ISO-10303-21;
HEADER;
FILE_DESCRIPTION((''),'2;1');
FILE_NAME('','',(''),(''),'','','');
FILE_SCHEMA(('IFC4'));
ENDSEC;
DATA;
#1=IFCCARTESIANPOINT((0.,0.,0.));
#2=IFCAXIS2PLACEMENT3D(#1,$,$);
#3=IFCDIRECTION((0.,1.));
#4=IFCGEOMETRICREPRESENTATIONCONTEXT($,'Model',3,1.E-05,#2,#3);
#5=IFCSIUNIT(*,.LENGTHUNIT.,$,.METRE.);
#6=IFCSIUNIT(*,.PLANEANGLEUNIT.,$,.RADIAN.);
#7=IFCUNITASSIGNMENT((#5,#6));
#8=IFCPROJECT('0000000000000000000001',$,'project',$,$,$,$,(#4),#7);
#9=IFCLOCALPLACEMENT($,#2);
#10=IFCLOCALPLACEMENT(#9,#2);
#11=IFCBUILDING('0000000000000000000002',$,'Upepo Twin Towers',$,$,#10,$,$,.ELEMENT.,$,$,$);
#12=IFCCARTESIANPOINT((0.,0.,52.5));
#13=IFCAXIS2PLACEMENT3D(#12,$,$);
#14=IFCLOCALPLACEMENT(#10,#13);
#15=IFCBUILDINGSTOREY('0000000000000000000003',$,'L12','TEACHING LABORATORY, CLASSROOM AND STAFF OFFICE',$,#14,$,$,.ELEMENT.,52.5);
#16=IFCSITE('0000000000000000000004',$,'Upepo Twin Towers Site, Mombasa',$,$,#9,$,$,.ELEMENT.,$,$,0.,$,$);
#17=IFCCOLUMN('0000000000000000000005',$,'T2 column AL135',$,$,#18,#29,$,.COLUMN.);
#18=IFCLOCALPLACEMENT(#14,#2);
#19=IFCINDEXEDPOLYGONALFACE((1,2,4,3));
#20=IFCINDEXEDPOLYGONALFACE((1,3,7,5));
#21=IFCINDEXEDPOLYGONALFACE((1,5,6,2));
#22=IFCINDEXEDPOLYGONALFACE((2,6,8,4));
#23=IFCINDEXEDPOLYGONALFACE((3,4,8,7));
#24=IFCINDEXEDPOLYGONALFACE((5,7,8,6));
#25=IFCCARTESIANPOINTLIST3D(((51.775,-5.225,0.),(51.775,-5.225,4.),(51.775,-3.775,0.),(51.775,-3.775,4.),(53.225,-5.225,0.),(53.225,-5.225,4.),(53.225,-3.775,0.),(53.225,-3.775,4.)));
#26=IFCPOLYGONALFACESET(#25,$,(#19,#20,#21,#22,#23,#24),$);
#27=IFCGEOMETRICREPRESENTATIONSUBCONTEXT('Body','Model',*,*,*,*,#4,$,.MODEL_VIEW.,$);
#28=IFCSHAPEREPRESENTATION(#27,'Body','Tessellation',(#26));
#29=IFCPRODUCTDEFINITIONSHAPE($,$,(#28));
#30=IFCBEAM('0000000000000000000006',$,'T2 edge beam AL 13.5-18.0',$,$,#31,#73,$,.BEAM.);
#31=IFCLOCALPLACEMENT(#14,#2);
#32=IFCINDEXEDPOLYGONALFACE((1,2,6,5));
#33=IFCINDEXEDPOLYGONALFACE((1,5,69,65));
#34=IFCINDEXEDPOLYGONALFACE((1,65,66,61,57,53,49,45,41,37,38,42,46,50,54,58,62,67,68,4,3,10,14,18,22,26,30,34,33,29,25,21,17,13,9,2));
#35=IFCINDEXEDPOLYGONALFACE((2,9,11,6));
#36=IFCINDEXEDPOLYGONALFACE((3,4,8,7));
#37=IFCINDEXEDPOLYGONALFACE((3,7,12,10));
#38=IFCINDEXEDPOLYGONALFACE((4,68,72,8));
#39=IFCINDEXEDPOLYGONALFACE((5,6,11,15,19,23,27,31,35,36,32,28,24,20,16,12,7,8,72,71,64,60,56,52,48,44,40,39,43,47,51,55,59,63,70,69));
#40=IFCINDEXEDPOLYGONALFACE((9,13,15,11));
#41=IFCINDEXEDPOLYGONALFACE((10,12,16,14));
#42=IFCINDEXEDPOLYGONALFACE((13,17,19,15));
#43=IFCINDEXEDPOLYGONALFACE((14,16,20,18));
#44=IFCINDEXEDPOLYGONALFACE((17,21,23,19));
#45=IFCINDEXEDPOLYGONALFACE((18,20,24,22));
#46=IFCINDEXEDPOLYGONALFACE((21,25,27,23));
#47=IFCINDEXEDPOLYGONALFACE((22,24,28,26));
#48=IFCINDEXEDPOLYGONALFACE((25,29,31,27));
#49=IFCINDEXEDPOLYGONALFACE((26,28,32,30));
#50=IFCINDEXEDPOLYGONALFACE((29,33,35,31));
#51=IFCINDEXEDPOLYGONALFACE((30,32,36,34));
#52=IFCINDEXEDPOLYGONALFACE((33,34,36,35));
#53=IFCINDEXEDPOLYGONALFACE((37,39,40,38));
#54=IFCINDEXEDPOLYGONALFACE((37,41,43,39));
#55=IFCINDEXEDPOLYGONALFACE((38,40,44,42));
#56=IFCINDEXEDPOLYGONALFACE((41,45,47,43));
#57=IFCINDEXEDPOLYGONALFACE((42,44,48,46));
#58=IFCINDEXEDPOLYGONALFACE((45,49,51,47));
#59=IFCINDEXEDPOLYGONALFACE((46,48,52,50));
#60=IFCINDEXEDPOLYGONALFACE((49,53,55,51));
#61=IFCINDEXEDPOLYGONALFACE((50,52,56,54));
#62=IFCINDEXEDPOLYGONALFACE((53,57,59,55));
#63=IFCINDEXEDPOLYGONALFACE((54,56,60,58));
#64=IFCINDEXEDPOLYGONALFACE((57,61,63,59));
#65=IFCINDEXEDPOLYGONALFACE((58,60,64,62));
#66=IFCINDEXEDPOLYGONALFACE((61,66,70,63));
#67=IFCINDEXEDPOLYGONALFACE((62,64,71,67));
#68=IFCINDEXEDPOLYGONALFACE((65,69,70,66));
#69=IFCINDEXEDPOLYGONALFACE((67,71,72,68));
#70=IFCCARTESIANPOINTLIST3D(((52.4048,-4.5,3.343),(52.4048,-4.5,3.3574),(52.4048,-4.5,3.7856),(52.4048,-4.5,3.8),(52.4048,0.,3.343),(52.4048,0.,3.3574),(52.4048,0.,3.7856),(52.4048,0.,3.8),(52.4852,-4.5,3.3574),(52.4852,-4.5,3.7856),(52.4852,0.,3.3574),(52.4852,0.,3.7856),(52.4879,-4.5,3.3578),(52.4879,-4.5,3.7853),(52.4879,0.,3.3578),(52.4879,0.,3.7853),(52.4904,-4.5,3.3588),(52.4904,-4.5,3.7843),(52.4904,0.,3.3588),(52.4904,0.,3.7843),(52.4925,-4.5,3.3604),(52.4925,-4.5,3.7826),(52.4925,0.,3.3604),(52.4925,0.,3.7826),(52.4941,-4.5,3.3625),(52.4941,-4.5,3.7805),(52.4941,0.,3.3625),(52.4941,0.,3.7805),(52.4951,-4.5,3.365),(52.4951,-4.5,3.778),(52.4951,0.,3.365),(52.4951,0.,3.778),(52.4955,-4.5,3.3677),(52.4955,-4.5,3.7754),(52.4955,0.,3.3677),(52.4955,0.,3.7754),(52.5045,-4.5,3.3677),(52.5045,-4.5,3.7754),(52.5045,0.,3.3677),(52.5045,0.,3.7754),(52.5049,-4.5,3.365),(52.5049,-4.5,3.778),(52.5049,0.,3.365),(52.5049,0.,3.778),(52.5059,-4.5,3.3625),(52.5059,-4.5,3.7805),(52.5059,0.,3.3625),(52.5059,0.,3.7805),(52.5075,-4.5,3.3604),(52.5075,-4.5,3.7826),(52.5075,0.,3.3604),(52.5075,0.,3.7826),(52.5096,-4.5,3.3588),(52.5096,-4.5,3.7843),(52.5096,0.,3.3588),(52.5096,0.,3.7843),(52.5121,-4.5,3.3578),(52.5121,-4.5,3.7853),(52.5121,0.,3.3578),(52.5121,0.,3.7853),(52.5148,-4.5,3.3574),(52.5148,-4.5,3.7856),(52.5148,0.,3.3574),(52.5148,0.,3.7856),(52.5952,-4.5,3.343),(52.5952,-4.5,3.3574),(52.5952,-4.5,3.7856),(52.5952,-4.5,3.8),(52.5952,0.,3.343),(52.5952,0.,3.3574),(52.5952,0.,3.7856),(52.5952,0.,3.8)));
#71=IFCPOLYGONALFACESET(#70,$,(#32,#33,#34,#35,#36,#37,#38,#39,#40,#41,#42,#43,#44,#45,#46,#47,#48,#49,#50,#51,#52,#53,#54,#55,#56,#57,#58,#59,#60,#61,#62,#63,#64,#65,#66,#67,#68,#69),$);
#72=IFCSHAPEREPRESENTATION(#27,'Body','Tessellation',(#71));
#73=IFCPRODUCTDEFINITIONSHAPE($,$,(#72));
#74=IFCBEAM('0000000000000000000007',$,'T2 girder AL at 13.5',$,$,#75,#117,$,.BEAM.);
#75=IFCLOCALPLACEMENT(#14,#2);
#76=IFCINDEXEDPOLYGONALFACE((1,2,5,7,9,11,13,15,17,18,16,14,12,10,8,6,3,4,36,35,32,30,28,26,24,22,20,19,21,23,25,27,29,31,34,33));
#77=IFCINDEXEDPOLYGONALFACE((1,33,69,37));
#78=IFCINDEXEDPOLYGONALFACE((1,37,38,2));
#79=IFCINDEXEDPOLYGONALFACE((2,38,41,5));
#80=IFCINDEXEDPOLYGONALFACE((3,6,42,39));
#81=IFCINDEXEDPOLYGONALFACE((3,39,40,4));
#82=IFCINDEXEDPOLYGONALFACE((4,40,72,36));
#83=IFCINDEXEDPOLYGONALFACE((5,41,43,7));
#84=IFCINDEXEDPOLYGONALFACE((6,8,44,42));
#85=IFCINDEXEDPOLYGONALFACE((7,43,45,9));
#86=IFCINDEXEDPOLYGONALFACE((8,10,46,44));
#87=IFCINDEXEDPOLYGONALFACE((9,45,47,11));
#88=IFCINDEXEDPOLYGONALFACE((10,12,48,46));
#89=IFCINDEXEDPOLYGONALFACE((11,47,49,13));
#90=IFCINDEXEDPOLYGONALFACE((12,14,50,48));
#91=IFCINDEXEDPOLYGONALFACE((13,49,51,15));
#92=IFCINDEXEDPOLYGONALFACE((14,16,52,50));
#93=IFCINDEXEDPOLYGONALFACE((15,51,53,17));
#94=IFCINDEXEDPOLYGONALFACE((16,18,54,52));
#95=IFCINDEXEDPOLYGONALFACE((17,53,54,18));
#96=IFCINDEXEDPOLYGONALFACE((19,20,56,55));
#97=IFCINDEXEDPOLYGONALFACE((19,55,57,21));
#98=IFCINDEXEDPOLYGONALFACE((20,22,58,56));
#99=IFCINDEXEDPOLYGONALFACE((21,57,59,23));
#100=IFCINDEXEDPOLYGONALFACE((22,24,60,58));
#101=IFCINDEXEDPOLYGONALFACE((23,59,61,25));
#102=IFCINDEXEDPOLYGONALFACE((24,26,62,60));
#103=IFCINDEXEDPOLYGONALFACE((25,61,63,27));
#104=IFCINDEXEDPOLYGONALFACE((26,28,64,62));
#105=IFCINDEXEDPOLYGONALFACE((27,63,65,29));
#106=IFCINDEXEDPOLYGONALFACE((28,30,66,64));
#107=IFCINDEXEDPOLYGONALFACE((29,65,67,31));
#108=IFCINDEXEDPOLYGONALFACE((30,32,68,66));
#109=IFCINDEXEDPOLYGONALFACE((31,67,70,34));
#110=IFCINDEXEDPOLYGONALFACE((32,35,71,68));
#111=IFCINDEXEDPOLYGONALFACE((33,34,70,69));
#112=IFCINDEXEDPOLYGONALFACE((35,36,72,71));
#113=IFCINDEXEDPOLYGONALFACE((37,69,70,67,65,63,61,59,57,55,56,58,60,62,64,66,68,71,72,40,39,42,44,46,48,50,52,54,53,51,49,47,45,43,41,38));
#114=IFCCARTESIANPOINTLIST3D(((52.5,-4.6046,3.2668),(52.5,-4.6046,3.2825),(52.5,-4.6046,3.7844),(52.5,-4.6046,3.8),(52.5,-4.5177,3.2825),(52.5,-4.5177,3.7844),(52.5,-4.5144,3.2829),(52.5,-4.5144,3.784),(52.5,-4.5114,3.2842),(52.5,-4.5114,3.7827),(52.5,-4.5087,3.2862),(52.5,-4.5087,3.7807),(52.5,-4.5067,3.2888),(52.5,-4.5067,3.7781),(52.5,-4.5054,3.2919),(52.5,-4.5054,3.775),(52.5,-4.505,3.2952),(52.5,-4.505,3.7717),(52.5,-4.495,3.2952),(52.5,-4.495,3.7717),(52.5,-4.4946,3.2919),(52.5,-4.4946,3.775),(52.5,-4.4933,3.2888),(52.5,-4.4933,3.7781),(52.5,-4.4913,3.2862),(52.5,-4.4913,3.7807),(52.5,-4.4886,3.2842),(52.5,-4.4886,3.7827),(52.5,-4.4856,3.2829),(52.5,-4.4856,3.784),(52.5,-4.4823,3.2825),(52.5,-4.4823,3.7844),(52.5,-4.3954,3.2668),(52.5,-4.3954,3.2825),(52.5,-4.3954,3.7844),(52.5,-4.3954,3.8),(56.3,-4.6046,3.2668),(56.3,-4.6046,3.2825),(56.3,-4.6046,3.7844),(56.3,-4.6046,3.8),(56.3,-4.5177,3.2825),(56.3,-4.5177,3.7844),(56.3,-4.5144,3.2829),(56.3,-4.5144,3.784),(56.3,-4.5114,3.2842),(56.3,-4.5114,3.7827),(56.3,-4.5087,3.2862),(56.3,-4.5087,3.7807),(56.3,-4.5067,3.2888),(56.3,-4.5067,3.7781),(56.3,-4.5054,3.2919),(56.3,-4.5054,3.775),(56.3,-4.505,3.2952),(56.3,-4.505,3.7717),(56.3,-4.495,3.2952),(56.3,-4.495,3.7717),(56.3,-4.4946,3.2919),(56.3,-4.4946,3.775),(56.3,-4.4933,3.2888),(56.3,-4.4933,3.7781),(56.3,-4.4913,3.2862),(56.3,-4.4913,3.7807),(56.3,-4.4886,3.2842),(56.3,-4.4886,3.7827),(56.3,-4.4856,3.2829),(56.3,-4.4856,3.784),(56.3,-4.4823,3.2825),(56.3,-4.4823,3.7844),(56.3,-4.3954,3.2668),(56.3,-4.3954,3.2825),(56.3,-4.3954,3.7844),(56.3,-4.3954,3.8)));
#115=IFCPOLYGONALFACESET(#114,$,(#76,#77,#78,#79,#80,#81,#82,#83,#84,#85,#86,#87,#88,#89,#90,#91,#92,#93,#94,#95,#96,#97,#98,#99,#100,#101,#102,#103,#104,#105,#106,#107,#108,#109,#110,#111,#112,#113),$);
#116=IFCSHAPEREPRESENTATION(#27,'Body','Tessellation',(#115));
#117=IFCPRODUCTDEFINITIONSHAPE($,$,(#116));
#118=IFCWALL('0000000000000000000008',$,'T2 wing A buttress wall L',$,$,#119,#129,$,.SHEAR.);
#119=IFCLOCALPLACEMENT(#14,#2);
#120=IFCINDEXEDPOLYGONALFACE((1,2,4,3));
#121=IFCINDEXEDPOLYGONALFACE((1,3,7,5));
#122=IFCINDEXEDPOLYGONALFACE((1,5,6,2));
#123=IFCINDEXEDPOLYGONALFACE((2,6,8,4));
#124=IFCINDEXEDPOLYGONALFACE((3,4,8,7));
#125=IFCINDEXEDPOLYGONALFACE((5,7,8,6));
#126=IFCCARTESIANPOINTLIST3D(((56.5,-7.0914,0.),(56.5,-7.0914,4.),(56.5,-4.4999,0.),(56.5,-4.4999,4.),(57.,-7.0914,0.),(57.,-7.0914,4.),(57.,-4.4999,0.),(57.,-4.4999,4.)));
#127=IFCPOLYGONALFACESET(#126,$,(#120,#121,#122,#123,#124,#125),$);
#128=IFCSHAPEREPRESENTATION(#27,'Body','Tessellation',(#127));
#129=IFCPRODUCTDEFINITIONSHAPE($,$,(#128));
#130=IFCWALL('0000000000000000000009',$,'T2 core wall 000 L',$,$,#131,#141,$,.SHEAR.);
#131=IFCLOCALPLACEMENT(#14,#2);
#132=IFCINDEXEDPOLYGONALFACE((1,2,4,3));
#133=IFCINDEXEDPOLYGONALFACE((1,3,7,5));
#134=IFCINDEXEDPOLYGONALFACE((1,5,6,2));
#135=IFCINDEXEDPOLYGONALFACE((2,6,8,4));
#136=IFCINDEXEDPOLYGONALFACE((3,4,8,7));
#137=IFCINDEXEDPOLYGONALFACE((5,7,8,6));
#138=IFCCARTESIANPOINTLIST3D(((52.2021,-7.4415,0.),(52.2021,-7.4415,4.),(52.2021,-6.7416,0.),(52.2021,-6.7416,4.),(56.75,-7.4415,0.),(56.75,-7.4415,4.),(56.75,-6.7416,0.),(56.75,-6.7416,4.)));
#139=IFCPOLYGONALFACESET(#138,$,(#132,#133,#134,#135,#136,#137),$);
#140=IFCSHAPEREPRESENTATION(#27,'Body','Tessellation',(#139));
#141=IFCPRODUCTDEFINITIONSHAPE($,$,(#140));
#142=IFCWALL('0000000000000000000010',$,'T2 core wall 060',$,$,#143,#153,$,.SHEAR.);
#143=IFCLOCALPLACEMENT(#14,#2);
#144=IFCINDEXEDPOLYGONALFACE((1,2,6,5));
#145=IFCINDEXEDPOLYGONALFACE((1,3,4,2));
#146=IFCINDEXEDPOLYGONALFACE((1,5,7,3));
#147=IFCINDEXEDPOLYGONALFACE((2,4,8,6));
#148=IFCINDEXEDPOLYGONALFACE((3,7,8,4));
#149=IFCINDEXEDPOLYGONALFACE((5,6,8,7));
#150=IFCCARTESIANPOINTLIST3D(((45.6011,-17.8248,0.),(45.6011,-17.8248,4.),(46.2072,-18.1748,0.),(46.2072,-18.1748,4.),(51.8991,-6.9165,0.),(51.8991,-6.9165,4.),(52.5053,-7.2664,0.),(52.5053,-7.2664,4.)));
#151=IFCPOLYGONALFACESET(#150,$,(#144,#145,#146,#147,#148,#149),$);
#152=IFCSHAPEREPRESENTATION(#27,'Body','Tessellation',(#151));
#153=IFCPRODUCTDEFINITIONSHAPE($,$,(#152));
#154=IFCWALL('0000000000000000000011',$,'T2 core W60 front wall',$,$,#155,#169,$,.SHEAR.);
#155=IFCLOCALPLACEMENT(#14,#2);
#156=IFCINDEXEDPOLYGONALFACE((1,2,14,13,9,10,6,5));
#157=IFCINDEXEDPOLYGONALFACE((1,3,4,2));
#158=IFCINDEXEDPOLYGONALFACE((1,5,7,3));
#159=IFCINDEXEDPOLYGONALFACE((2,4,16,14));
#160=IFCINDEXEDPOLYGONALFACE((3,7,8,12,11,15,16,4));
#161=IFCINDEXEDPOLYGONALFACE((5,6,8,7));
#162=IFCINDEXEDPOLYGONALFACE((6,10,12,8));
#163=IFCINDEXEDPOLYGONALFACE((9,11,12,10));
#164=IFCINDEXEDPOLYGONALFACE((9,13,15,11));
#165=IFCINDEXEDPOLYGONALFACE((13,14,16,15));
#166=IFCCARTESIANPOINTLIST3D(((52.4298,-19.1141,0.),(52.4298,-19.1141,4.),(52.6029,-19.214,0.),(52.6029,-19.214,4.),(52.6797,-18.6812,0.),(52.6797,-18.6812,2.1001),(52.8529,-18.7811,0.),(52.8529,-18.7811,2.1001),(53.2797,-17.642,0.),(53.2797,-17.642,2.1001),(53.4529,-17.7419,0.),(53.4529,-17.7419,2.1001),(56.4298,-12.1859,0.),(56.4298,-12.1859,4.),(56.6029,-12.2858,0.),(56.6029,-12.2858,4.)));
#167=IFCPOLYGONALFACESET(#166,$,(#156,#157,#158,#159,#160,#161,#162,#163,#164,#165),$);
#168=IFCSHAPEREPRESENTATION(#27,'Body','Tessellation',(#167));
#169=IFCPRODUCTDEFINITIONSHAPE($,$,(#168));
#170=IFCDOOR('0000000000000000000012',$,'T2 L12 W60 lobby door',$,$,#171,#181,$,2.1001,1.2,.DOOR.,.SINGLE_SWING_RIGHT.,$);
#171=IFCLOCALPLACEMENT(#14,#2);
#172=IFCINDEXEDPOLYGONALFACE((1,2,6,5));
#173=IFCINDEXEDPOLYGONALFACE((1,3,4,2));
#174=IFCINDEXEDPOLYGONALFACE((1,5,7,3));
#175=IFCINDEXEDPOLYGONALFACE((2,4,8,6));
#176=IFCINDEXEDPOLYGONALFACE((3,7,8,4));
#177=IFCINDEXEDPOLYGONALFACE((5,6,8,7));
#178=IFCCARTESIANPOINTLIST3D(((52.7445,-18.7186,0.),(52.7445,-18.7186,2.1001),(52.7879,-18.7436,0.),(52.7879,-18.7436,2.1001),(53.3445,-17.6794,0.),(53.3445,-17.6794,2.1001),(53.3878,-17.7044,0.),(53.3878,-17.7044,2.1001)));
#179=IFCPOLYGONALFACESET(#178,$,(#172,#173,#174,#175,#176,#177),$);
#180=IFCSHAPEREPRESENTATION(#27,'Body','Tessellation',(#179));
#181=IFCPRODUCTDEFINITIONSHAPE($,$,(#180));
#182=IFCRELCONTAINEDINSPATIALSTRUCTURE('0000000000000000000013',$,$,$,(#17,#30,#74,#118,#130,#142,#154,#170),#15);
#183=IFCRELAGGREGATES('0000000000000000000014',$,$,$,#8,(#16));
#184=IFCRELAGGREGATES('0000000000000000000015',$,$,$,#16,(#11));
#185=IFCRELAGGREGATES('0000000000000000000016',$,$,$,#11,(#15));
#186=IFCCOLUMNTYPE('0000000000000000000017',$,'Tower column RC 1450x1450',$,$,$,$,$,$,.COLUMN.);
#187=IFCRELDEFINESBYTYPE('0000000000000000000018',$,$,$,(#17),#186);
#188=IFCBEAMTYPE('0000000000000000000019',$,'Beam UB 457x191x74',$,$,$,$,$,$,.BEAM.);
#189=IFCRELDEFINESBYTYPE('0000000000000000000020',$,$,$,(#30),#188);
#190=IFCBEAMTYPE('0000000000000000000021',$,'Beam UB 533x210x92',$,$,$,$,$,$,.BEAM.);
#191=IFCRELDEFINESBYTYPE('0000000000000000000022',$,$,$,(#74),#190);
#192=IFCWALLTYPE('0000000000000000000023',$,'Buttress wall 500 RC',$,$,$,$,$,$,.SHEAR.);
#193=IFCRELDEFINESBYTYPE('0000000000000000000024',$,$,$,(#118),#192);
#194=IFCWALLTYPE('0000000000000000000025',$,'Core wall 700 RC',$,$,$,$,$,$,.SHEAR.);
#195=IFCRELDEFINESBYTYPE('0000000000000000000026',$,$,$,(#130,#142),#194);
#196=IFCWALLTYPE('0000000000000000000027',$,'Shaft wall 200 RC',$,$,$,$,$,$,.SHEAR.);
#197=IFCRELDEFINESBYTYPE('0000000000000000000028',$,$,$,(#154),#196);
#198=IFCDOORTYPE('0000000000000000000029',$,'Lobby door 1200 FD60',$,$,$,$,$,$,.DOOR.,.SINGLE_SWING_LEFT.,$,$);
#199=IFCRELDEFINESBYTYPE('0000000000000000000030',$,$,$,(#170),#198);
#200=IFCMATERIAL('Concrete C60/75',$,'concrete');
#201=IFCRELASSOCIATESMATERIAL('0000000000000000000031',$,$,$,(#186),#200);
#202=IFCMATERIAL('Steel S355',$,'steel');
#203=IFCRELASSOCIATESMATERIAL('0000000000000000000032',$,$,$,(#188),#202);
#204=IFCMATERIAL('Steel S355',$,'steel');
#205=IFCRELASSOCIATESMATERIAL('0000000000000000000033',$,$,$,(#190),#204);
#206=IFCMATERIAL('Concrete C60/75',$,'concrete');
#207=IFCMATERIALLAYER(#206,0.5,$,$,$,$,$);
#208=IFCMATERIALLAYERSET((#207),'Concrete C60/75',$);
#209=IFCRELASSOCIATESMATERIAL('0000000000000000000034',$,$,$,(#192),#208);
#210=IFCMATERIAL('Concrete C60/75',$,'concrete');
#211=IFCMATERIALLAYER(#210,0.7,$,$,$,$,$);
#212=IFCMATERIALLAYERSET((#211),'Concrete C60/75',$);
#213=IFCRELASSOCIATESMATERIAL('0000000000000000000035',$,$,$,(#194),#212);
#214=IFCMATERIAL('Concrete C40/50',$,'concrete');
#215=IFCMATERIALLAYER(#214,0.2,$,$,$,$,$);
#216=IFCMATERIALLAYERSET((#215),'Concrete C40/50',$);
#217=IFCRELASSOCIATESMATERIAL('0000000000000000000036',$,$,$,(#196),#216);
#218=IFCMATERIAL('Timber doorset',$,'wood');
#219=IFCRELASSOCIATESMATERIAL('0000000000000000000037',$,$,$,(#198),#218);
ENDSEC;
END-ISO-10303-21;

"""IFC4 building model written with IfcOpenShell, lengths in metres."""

from ifc_helpers import new_model, si_unit, direction, frame, frame_2d, origin, origin_2d, place, context, subcontext, project, spatial, rectangle, i_section, extrude, material, layer, layer_set, material_profile, profile_set, type_object, element, fill, save


model = new_model("IFC4")

# Units and contexts
model_context = context("Model", 3, precision=1e-05, world=origin(), true_north=direction((0.0, 1.0)))
body_context = subcontext(model_context, "Body", "Model", "MODEL_VIEW")
ifc_project = project(units=[si_unit("LENGTHUNIT", "METRE"), si_unit("PLANEANGLEUNIT", "RADIAN")], contexts=[model_context])

# Site, building, storey
site_placement = place(None, origin())
site = spatial("IfcSite", under=ifc_project, at=site_placement, Name="Upepo Twin Towers Site, Mombasa", CompositionType="ELEMENT", RefElevation=0.0)
building_placement = place(site_placement, origin())
building = spatial("IfcBuilding", under=site, at=building_placement, Name="Upepo Twin Towers", CompositionType="ELEMENT")
storey_placement = place(building_placement, frame((0.0, 0.0, 52.5)))
storey = spatial("IfcBuildingStorey", under=building, at=storey_placement, Name="L12", Description="TEACHING LABORATORY, CLASSROOM AND STAFF OFFICE", CompositionType="ELEMENT", Elevation=52.5)

# Column
ifc_material_1 = material(Name="Concrete C60/75", Category="concrete")
ifc_material_profile_1 = material_profile(ifc_material_1, rectangle(XDim=1.45, YDim=1.45, at=origin_2d()), Name="RC 1450x1450")
ifc_profile_set_1 = profile_set([ifc_material_profile_1], Name="Concrete C60/75")
column_type = type_object("IfcColumnType", Name="Tower column RC 1450x1450", PredefinedType="COLUMN", material=ifc_profile_set_1)
column_placement = place(storey_placement, frame((52.5, -4.5, 0.0), z_axis=(0.0, 0.0, 1.0), x_axis=(1.0, 0.0, 0.0)))
element("IfcColumn", 1, at=column_placement, inside=storey, type_object=column_type, Name="T2 column AL135", PredefinedType="COLUMN", context=body_context, shape_type="SweptSolid", body=[
    extrude(rectangle(XDim=1.45, YDim=1.45, at=origin_2d()), origin(), (0.0, 0.0, 1.0), 4.0),
])

# Beams
ifc_material_2 = material(Name="Steel S355", Category="steel")
ifc_material_profile_2 = material_profile(ifc_material_2, i_section(OverallWidth=0.1904, OverallDepth=0.457, WebThickness=0.009, FlangeThickness=0.0144, FilletRadius=0.0103, at=origin_2d()), Name="UB 457x191x74")
ifc_profile_set_2 = profile_set([ifc_material_profile_2], Name="Steel S355")
beam_type_1 = type_object("IfcBeamType", Name="Beam UB 457x191x74", PredefinedType="BEAM", material=ifc_profile_set_2)
beam_1_placement = place(storey_placement, frame((52.5, -4.5, 3.5715), z_axis=(0.0, 1.0, 0.0), x_axis=(-1.0, 0.0, 0.0)))
element("IfcBeam", 2, at=beam_1_placement, inside=storey, type_object=beam_type_1, Name="T2 edge beam AL 13.5-18.0", PredefinedType="BEAM", context=body_context, shape_type="SweptSolid", body=[
    extrude(i_section(OverallWidth=0.1904, OverallDepth=0.457, WebThickness=0.009, FlangeThickness=0.0144, FilletRadius=0.0103, at=origin_2d()), origin(), (0.0, 0.0, 1.0), 4.5),
])
ifc_material_3 = material(Name="Steel S355", Category="steel")
ifc_material_profile_3 = material_profile(ifc_material_3, i_section(OverallWidth=0.2092, OverallDepth=0.5332, WebThickness=0.01, FlangeThickness=0.0156, FilletRadius=0.0127, at=origin_2d()), Name="UB 533x210x92")
ifc_profile_set_3 = profile_set([ifc_material_profile_3], Name="Steel S355")
beam_type_2 = type_object("IfcBeamType", Name="Beam UB 533x210x92", PredefinedType="BEAM", material=ifc_profile_set_3)
beam_2_placement = place(storey_placement, frame((52.5, -4.5, 3.5334), z_axis=(1.0, 0.0, 0.0), x_axis=(0.0, 1.0, 0.0)))
element("IfcBeam", 3, at=beam_2_placement, inside=storey, type_object=beam_type_2, Name="T2 girder AL at 13.5", PredefinedType="BEAM", context=body_context, shape_type="SweptSolid", body=[
    extrude(i_section(OverallWidth=0.2092, OverallDepth=0.5332, WebThickness=0.01, FlangeThickness=0.0156, FilletRadius=0.0127, at=origin_2d()), origin(), (0.0, 0.0, 1.0), 3.8),
])

# Walls
ifc_material_4 = material(Name="Concrete C60/75", Category="concrete")
ifc_layer_1 = layer(ifc_material_4, 0.5)
ifc_layer_set_1 = layer_set([ifc_layer_1], Name="Concrete C60/75")
wall_type_1 = type_object("IfcWallType", Name="Buttress wall 500 RC", PredefinedType="SHEAR", material=ifc_layer_set_1)
wall_1_placement = place(storey_placement, frame((56.75, -7.0916, 0.0), z_axis=(0.0, 0.0, 1.0), x_axis=(0.0, 1.0, 0.0)))
element("IfcWall", 4, at=wall_1_placement, inside=storey, type_object=wall_type_1, Name="T2 wing A buttress wall L", PredefinedType="SHEAR", context=body_context, shape_type="SweptSolid", body=[
    extrude(rectangle(XDim=2.5916, YDim=0.5, at=frame_2d((1.2959, 0.0))), origin(), (0.0, 0.0, 1.0), 4.0),
])
ifc_material_5 = material(Name="Concrete C60/75", Category="concrete")
ifc_layer_2 = layer(ifc_material_5, 0.7)
ifc_layer_set_2 = layer_set([ifc_layer_2], Name="Concrete C60/75")
wall_type_2 = type_object("IfcWallType", Name="Core wall 700 RC", PredefinedType="SHEAR", material=ifc_layer_set_2)
wall_2_placement = place(storey_placement, frame((56.75, -7.0916, 0.0), z_axis=(0.0, 0.0, 1.0), x_axis=(-1.0, 0.0, 0.0)))
element("IfcWall", 5, at=wall_2_placement, inside=storey, type_object=wall_type_2, Name="T2 core wall 000 L", PredefinedType="SHEAR", context=body_context, shape_type="SweptSolid", body=[
    extrude(rectangle(XDim=4.5479, YDim=0.7, at=frame_2d((2.2739, 0.0))), origin(), (0.0, 0.0, 1.0), 4.0),
])
wall_3_placement = place(storey_placement, frame((52.2021, -7.0916, 0.0), z_axis=(0.0, 0.0, 1.0), x_axis=(-0.500006, -0.866022, 0.0)))
element("IfcWall", 6, at=wall_3_placement, inside=storey, type_object=wall_type_2, Name="T2 core wall 060", PredefinedType="SHEAR", context=body_context, shape_type="SweptSolid", body=[
    extrude(rectangle(XDim=12.5959, YDim=0.7, at=frame_2d((6.2979, 0.0))), origin(), (0.0, 0.0, 1.0), 4.0),
])

# Wall, opening, door
ifc_material_6 = material(Name="Concrete C40/50", Category="concrete")
ifc_layer_3 = layer(ifc_material_6, 0.2)
ifc_layer_set_3 = layer_set([ifc_layer_3], Name="Concrete C40/50")
wall_type_3 = type_object("IfcWallType", Name="Shaft wall 200 RC", PredefinedType="SHEAR", material=ifc_layer_set_3)
wall_4_placement = place(storey_placement, frame((56.5164, -12.2358, 0.0), z_axis=(0.0, 0.0, 1.0), x_axis=(-0.499999, -0.866026, 0.0)))
wall_4 = element("IfcWall", 7, at=wall_4_placement, inside=storey, type_object=wall_type_3, Name="T2 core W60 front wall", PredefinedType="SHEAR", context=body_context, shape_type="SweptSolid", body=[
    extrude(rectangle(XDim=8.0, YDim=0.2, at=frame_2d((4.0, 0.0))), origin(), (0.0, 0.0, 1.0), 4.0),
])
opening_1_placement = place(wall_4_placement, frame((6.3, 0.0, 0.0)))
opening_1 = element("IfcOpeningElement", 8, at=opening_1_placement, cuts=wall_4, PredefinedType="OPENING", context=body_context, shape_type="SweptSolid", body=[
    extrude(rectangle(XDim=1.2, YDim=2.1001, at=frame_2d((0.6001, 1.05))), frame((0.0, 0.1099, 0.0), z_axis=(0.0, -1.0, 0.0), x_axis=(1.0, 0.0, 0.0)), (0.0, 0.0, 1.0), 0.22),
])
ifc_material_7 = material(Name="Timber doorset", Category="wood")
door_type_1 = type_object("IfcDoorType", Name="Lobby door 1200 FD60", OperationType="SINGLE_SWING_LEFT", PredefinedType="DOOR", material=ifc_material_7)
door_1_placement = place(opening_1_placement, origin())
door_1 = element("IfcDoor", 9, at=door_1_placement, inside=storey, type_object=door_type_1, Name="T2 L12 W60 lobby door", OperationType="SINGLE_SWING_RIGHT", OverallHeight=2.1001, OverallWidth=1.2, PredefinedType="DOOR", context=body_context, shape_type="SweptSolid", body=[
    extrude(rectangle(XDim=1.2, YDim=2.1001, at=frame_2d((0.6001, 1.05))), frame((0.0, 0.0249, 0.0), z_axis=(0.0, -1.0, 0.0), x_axis=(1.0, 0.0, 0.0)), (0.0, 0.0, 1.0), 0.05),
])
fill(opening_1, door_1)

save(model, "model.ifc")
